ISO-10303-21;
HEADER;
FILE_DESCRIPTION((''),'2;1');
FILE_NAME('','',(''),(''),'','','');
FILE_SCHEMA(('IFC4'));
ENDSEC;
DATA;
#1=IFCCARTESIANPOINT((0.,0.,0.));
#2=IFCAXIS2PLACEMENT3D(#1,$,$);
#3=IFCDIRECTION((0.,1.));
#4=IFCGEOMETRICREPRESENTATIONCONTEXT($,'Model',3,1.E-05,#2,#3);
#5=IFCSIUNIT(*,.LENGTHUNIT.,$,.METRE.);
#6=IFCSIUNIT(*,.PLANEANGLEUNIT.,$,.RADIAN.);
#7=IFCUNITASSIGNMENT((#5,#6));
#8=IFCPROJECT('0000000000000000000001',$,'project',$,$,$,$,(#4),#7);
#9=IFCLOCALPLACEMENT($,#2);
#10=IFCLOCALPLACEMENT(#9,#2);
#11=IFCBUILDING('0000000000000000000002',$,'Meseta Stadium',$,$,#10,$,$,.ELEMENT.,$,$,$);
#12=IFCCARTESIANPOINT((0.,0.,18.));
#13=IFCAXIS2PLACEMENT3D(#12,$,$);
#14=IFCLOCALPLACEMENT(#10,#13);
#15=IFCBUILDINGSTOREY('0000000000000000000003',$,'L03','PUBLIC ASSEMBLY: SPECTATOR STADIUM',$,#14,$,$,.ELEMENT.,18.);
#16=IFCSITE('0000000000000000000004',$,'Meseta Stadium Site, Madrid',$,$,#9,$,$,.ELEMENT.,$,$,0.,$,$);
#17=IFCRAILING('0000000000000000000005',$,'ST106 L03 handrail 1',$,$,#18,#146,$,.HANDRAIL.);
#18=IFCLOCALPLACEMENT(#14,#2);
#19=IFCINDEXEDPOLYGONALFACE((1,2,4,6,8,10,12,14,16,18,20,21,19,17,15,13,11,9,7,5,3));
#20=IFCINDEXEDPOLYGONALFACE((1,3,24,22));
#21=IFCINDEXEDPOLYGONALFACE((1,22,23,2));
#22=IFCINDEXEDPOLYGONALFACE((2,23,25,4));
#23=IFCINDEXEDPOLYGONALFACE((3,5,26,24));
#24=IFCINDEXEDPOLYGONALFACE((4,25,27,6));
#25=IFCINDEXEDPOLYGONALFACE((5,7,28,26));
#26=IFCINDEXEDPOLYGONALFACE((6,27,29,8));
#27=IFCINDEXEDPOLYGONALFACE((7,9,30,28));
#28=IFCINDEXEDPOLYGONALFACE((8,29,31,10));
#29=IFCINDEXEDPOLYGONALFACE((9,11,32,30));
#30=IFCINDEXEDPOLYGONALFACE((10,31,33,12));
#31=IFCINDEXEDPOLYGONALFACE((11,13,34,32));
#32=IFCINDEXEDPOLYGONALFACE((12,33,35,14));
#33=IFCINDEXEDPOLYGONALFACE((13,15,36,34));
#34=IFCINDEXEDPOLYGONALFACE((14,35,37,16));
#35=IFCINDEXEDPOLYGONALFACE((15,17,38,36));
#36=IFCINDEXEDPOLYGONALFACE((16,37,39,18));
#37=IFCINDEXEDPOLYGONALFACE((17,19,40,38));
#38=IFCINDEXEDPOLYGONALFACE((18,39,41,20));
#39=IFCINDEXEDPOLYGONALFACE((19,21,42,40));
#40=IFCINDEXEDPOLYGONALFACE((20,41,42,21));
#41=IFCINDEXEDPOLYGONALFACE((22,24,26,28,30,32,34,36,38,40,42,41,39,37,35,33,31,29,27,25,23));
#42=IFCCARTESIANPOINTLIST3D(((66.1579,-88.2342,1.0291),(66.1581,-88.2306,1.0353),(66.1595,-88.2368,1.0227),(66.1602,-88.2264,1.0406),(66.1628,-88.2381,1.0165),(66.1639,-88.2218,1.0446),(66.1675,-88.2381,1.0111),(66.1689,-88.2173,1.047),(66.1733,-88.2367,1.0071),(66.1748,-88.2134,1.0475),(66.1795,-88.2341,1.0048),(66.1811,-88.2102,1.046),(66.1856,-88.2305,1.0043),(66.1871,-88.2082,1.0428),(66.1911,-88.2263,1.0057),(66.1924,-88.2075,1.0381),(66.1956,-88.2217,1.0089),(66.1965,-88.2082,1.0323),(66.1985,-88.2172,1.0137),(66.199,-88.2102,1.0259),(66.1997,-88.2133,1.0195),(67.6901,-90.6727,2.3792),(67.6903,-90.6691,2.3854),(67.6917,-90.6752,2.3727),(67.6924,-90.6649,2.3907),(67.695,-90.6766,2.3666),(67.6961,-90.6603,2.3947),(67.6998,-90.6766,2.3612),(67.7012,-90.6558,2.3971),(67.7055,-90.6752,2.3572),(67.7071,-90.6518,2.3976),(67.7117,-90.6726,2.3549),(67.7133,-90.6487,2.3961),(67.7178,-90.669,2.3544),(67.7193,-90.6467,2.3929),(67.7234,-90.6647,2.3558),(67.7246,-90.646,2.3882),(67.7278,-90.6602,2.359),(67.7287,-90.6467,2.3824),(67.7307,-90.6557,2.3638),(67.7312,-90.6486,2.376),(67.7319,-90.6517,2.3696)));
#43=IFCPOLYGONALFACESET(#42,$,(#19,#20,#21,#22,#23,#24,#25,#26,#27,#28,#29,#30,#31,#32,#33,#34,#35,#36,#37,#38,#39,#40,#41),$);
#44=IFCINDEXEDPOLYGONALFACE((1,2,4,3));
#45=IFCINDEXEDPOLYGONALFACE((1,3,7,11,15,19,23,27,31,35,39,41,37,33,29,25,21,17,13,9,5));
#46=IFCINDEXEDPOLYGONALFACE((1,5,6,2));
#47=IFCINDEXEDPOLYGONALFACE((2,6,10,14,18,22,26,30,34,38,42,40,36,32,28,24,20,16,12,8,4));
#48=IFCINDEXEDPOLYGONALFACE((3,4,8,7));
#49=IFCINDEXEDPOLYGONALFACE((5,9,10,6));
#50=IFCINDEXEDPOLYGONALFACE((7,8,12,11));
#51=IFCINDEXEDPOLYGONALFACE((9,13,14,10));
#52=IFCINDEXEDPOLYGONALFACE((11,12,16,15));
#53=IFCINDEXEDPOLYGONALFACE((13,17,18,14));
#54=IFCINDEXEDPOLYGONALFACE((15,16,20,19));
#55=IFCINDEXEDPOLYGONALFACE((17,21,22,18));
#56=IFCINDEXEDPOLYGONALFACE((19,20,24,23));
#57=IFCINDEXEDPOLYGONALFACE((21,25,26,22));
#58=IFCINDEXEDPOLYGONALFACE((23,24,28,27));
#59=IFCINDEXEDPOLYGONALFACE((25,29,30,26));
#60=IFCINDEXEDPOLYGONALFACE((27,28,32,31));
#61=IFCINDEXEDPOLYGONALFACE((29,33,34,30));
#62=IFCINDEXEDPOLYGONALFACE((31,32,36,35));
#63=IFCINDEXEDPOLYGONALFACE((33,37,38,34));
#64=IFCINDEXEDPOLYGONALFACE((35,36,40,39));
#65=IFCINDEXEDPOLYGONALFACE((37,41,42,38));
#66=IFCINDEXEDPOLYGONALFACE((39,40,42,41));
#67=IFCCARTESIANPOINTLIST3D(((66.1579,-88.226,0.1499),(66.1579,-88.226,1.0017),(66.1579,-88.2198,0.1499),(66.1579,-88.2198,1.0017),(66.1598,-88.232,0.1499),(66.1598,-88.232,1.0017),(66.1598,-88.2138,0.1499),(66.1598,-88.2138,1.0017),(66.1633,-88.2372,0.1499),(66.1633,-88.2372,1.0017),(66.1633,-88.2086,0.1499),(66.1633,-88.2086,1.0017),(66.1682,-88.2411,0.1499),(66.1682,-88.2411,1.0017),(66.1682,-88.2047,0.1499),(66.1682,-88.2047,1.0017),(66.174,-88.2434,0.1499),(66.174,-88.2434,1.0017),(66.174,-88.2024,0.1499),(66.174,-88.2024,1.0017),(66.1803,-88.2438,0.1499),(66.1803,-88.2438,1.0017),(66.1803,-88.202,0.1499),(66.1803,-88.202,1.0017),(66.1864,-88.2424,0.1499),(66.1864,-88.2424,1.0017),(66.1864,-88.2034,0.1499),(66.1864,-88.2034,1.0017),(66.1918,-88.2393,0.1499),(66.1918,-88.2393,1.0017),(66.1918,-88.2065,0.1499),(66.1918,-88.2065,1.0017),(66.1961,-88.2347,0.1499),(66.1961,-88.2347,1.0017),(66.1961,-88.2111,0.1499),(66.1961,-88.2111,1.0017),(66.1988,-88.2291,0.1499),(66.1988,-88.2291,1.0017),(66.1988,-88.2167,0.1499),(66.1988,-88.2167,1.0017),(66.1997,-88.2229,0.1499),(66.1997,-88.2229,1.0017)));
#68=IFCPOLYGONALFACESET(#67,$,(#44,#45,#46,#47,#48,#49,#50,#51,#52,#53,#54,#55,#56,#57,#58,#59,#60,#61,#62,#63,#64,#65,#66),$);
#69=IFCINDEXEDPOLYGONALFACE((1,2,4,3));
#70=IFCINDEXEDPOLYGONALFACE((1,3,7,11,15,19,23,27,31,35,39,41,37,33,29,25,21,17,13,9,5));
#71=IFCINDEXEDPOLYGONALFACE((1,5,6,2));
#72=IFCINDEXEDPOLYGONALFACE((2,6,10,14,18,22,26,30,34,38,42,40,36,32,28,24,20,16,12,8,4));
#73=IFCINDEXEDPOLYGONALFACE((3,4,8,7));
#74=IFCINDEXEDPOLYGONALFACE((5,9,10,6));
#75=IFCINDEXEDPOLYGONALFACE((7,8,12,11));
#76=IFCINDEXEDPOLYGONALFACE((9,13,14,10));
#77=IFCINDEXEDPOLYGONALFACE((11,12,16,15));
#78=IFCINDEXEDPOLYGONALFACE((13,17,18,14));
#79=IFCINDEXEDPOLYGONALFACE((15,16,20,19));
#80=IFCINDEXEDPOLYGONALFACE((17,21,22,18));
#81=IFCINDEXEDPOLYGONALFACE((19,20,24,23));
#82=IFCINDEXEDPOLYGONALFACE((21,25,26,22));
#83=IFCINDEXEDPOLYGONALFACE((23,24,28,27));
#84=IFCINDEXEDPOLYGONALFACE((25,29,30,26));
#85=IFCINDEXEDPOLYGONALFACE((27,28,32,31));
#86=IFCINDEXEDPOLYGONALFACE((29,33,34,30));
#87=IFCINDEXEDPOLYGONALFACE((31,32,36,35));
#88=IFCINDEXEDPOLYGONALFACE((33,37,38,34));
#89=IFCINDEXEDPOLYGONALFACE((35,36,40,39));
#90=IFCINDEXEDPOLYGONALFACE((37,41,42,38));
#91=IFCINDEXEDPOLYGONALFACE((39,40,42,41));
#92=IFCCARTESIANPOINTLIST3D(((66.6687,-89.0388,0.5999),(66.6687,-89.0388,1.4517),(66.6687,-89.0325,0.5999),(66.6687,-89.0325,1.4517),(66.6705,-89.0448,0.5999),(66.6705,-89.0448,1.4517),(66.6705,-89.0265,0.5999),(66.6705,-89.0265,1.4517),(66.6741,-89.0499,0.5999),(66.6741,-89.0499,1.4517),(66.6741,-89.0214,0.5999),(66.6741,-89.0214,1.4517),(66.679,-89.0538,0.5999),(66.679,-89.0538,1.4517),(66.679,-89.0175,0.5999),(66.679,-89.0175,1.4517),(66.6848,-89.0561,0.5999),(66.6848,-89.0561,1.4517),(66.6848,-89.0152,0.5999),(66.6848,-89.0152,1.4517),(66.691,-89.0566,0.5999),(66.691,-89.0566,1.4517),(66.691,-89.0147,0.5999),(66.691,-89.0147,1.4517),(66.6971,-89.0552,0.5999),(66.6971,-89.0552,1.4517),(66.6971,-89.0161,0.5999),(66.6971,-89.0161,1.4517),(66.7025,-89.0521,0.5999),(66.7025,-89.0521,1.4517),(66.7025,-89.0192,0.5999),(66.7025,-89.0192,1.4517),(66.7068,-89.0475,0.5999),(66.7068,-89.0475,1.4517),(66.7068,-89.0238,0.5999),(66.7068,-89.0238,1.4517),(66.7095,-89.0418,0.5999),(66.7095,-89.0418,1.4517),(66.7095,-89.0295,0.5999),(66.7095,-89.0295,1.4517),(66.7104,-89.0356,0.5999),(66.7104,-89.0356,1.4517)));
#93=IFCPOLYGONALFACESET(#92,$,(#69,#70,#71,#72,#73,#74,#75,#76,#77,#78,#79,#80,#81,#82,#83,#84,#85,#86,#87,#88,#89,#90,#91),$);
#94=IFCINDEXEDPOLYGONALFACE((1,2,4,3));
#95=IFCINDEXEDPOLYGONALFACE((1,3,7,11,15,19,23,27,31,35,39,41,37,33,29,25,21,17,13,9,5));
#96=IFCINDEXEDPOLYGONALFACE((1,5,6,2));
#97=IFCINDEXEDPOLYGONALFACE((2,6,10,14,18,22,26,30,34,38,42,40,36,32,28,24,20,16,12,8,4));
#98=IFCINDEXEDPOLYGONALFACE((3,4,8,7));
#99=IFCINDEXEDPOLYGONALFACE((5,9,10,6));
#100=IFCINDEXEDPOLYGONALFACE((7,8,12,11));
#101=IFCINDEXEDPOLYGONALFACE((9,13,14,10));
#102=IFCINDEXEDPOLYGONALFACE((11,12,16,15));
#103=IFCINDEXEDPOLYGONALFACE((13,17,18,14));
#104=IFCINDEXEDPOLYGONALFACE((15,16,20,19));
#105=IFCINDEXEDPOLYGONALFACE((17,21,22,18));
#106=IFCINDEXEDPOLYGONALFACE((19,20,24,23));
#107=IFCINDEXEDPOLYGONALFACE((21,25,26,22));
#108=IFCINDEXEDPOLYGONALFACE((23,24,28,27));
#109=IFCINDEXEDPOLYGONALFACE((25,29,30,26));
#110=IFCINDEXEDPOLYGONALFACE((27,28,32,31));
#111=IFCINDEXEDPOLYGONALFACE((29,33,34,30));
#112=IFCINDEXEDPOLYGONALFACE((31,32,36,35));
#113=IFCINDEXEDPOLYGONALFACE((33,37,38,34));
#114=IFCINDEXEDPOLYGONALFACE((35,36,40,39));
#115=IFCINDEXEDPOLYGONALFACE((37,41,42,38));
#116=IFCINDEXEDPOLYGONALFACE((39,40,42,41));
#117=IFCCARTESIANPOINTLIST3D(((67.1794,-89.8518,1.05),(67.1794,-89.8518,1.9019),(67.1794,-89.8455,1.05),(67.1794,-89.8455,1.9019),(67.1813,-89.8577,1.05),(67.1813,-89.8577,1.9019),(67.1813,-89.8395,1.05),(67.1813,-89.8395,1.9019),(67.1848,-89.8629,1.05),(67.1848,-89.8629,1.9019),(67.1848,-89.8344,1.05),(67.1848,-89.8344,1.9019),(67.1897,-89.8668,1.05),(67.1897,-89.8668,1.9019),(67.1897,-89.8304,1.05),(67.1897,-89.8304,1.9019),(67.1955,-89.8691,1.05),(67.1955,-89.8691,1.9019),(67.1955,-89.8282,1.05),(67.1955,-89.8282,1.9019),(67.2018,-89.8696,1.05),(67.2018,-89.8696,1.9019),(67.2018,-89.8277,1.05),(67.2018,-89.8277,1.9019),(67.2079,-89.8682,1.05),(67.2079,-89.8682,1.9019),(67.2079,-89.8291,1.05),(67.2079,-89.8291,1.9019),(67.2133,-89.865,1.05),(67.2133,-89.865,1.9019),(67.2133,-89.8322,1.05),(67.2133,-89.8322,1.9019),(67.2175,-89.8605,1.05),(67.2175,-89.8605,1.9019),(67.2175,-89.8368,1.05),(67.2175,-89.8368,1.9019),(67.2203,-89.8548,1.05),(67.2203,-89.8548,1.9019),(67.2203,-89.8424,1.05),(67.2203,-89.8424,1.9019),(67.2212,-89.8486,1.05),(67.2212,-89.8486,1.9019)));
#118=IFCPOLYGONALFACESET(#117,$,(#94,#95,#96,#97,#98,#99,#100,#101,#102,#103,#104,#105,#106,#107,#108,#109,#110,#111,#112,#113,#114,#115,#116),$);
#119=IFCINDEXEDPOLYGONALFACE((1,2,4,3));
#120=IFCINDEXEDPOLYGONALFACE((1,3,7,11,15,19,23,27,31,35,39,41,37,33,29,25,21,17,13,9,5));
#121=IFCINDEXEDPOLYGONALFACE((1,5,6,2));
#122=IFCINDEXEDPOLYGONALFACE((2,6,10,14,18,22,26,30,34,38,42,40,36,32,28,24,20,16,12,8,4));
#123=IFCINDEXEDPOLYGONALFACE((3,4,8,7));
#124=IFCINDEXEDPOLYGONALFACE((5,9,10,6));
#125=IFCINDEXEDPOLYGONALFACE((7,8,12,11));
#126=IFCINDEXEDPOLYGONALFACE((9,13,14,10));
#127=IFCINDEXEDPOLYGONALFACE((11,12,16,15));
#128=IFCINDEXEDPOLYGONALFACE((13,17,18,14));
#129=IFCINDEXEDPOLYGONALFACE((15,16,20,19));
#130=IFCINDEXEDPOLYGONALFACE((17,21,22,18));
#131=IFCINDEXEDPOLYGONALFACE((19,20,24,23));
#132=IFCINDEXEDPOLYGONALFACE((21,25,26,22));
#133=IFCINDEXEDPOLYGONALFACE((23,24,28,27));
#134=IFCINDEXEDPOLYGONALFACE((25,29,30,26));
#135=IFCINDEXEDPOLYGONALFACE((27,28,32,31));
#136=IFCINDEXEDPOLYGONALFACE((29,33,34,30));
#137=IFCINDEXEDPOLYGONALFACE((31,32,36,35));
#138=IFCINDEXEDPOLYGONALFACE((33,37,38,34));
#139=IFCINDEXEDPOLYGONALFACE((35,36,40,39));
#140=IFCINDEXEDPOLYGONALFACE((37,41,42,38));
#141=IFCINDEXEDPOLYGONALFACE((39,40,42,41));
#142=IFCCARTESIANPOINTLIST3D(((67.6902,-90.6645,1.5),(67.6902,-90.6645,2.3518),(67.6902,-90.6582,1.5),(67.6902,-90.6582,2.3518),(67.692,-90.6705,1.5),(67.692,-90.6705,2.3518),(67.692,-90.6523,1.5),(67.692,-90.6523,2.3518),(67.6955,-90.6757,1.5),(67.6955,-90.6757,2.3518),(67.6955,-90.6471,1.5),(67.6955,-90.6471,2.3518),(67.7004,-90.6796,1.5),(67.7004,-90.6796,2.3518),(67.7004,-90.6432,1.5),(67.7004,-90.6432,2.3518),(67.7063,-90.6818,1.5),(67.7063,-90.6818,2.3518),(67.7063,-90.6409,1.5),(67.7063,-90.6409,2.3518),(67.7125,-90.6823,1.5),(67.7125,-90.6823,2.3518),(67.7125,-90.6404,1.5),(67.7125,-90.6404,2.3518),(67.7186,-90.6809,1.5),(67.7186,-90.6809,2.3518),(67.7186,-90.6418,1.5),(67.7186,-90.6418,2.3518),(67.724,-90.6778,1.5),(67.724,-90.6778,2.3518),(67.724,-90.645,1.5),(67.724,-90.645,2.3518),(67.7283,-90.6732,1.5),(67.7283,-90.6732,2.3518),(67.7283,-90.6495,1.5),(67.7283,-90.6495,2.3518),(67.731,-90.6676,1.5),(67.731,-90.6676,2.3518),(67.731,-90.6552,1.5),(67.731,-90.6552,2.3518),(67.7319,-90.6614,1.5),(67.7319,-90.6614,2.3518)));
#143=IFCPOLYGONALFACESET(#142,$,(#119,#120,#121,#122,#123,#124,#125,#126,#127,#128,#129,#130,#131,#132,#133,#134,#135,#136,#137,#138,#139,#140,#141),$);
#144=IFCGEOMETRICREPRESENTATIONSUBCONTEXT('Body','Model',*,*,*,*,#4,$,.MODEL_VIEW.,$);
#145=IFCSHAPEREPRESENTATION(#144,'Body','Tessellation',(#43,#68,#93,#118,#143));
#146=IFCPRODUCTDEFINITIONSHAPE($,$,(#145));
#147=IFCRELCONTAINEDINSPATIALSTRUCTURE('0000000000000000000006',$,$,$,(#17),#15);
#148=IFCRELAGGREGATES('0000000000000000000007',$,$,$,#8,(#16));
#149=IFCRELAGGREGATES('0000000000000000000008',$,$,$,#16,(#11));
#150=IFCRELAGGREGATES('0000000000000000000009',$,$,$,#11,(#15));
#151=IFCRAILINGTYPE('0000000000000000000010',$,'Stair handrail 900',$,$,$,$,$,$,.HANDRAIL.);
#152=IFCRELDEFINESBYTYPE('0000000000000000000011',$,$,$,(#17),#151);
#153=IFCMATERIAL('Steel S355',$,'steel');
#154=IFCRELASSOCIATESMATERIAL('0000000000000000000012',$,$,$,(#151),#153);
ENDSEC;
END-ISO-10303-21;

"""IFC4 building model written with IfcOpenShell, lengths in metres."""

from ifc_helpers import new_model, si_unit, direction, frame, origin, origin_2d, place, context, subcontext, project, spatial, circle, extrude, material, type_object, element, save


model = new_model("IFC4")

# Units and contexts
model_context = context("Model", 3, precision=1e-05, world=origin(), true_north=direction((0.0, 1.0)))
body_context = subcontext(model_context, "Body", "Model", "MODEL_VIEW")
ifc_project = project(units=[si_unit("LENGTHUNIT", "METRE"), si_unit("PLANEANGLEUNIT", "RADIAN")], contexts=[model_context])

# Site, building, storey
site_placement = place(None, origin())
site = spatial("IfcSite", under=ifc_project, at=site_placement, Name="Meseta Stadium Site, Madrid", CompositionType="ELEMENT", RefElevation=0.0)
building_placement = place(site_placement, origin())
building = spatial("IfcBuilding", under=site, at=building_placement, Name="Meseta Stadium", CompositionType="ELEMENT")
storey_placement = place(building_placement, frame((0.0, 0.0, 18.0)))
storey = spatial("IfcBuildingStorey", under=building, at=storey_placement, Name="L03", Description="PUBLIC ASSEMBLY: SPECTATOR STADIUM", CompositionType="ELEMENT", Elevation=18.0)

# Railing
ifc_material_1 = material(Name="Steel S355", Category="steel")
railing_type_1 = type_object("IfcRailingType", Name="Stair handrail 900", PredefinedType="HANDRAIL", material=ifc_material_1)
for number, where, name in (
    (1, (66.1787, -88.2229, 0.1499), "ST106 L03 handrail 1"),
):
    element("IfcRailing", number, at=place(storey_placement, frame(where)), inside=storey, type_object=railing_type_1, Name=name, PredefinedType="HANDRAIL", context=body_context, shape_type="SweptSolid", body=[
        extrude(circle(Radius=0.0239, at=origin_2d()), frame((0.0, 0.0, 0.876), z_axis=(0.481731, -0.766655, 0.42447), x_axis=(0.846719, 0.53204, 0.0)), (0.0, 0.0, 1.0), 3.1807),
        extrude(circle(Radius=0.021, at=origin_2d()), origin(), (0.0, 0.0, 1.0), 0.8518),
        extrude(circle(Radius=0.021, at=origin_2d()), frame((0.5107, -0.8127, 0.45)), (0.0, 0.0, 1.0), 0.8518),
        extrude(circle(Radius=0.021, at=origin_2d()), frame((1.0215, -1.6257, 0.9001)), (0.0, 0.0, 1.0), 0.8518),
        extrude(circle(Radius=0.021, at=origin_2d()), frame((1.5322, -2.4385, 1.3501)), (0.0, 0.0, 1.0), 0.8518),
    ])

save(model, "model.ifc")
